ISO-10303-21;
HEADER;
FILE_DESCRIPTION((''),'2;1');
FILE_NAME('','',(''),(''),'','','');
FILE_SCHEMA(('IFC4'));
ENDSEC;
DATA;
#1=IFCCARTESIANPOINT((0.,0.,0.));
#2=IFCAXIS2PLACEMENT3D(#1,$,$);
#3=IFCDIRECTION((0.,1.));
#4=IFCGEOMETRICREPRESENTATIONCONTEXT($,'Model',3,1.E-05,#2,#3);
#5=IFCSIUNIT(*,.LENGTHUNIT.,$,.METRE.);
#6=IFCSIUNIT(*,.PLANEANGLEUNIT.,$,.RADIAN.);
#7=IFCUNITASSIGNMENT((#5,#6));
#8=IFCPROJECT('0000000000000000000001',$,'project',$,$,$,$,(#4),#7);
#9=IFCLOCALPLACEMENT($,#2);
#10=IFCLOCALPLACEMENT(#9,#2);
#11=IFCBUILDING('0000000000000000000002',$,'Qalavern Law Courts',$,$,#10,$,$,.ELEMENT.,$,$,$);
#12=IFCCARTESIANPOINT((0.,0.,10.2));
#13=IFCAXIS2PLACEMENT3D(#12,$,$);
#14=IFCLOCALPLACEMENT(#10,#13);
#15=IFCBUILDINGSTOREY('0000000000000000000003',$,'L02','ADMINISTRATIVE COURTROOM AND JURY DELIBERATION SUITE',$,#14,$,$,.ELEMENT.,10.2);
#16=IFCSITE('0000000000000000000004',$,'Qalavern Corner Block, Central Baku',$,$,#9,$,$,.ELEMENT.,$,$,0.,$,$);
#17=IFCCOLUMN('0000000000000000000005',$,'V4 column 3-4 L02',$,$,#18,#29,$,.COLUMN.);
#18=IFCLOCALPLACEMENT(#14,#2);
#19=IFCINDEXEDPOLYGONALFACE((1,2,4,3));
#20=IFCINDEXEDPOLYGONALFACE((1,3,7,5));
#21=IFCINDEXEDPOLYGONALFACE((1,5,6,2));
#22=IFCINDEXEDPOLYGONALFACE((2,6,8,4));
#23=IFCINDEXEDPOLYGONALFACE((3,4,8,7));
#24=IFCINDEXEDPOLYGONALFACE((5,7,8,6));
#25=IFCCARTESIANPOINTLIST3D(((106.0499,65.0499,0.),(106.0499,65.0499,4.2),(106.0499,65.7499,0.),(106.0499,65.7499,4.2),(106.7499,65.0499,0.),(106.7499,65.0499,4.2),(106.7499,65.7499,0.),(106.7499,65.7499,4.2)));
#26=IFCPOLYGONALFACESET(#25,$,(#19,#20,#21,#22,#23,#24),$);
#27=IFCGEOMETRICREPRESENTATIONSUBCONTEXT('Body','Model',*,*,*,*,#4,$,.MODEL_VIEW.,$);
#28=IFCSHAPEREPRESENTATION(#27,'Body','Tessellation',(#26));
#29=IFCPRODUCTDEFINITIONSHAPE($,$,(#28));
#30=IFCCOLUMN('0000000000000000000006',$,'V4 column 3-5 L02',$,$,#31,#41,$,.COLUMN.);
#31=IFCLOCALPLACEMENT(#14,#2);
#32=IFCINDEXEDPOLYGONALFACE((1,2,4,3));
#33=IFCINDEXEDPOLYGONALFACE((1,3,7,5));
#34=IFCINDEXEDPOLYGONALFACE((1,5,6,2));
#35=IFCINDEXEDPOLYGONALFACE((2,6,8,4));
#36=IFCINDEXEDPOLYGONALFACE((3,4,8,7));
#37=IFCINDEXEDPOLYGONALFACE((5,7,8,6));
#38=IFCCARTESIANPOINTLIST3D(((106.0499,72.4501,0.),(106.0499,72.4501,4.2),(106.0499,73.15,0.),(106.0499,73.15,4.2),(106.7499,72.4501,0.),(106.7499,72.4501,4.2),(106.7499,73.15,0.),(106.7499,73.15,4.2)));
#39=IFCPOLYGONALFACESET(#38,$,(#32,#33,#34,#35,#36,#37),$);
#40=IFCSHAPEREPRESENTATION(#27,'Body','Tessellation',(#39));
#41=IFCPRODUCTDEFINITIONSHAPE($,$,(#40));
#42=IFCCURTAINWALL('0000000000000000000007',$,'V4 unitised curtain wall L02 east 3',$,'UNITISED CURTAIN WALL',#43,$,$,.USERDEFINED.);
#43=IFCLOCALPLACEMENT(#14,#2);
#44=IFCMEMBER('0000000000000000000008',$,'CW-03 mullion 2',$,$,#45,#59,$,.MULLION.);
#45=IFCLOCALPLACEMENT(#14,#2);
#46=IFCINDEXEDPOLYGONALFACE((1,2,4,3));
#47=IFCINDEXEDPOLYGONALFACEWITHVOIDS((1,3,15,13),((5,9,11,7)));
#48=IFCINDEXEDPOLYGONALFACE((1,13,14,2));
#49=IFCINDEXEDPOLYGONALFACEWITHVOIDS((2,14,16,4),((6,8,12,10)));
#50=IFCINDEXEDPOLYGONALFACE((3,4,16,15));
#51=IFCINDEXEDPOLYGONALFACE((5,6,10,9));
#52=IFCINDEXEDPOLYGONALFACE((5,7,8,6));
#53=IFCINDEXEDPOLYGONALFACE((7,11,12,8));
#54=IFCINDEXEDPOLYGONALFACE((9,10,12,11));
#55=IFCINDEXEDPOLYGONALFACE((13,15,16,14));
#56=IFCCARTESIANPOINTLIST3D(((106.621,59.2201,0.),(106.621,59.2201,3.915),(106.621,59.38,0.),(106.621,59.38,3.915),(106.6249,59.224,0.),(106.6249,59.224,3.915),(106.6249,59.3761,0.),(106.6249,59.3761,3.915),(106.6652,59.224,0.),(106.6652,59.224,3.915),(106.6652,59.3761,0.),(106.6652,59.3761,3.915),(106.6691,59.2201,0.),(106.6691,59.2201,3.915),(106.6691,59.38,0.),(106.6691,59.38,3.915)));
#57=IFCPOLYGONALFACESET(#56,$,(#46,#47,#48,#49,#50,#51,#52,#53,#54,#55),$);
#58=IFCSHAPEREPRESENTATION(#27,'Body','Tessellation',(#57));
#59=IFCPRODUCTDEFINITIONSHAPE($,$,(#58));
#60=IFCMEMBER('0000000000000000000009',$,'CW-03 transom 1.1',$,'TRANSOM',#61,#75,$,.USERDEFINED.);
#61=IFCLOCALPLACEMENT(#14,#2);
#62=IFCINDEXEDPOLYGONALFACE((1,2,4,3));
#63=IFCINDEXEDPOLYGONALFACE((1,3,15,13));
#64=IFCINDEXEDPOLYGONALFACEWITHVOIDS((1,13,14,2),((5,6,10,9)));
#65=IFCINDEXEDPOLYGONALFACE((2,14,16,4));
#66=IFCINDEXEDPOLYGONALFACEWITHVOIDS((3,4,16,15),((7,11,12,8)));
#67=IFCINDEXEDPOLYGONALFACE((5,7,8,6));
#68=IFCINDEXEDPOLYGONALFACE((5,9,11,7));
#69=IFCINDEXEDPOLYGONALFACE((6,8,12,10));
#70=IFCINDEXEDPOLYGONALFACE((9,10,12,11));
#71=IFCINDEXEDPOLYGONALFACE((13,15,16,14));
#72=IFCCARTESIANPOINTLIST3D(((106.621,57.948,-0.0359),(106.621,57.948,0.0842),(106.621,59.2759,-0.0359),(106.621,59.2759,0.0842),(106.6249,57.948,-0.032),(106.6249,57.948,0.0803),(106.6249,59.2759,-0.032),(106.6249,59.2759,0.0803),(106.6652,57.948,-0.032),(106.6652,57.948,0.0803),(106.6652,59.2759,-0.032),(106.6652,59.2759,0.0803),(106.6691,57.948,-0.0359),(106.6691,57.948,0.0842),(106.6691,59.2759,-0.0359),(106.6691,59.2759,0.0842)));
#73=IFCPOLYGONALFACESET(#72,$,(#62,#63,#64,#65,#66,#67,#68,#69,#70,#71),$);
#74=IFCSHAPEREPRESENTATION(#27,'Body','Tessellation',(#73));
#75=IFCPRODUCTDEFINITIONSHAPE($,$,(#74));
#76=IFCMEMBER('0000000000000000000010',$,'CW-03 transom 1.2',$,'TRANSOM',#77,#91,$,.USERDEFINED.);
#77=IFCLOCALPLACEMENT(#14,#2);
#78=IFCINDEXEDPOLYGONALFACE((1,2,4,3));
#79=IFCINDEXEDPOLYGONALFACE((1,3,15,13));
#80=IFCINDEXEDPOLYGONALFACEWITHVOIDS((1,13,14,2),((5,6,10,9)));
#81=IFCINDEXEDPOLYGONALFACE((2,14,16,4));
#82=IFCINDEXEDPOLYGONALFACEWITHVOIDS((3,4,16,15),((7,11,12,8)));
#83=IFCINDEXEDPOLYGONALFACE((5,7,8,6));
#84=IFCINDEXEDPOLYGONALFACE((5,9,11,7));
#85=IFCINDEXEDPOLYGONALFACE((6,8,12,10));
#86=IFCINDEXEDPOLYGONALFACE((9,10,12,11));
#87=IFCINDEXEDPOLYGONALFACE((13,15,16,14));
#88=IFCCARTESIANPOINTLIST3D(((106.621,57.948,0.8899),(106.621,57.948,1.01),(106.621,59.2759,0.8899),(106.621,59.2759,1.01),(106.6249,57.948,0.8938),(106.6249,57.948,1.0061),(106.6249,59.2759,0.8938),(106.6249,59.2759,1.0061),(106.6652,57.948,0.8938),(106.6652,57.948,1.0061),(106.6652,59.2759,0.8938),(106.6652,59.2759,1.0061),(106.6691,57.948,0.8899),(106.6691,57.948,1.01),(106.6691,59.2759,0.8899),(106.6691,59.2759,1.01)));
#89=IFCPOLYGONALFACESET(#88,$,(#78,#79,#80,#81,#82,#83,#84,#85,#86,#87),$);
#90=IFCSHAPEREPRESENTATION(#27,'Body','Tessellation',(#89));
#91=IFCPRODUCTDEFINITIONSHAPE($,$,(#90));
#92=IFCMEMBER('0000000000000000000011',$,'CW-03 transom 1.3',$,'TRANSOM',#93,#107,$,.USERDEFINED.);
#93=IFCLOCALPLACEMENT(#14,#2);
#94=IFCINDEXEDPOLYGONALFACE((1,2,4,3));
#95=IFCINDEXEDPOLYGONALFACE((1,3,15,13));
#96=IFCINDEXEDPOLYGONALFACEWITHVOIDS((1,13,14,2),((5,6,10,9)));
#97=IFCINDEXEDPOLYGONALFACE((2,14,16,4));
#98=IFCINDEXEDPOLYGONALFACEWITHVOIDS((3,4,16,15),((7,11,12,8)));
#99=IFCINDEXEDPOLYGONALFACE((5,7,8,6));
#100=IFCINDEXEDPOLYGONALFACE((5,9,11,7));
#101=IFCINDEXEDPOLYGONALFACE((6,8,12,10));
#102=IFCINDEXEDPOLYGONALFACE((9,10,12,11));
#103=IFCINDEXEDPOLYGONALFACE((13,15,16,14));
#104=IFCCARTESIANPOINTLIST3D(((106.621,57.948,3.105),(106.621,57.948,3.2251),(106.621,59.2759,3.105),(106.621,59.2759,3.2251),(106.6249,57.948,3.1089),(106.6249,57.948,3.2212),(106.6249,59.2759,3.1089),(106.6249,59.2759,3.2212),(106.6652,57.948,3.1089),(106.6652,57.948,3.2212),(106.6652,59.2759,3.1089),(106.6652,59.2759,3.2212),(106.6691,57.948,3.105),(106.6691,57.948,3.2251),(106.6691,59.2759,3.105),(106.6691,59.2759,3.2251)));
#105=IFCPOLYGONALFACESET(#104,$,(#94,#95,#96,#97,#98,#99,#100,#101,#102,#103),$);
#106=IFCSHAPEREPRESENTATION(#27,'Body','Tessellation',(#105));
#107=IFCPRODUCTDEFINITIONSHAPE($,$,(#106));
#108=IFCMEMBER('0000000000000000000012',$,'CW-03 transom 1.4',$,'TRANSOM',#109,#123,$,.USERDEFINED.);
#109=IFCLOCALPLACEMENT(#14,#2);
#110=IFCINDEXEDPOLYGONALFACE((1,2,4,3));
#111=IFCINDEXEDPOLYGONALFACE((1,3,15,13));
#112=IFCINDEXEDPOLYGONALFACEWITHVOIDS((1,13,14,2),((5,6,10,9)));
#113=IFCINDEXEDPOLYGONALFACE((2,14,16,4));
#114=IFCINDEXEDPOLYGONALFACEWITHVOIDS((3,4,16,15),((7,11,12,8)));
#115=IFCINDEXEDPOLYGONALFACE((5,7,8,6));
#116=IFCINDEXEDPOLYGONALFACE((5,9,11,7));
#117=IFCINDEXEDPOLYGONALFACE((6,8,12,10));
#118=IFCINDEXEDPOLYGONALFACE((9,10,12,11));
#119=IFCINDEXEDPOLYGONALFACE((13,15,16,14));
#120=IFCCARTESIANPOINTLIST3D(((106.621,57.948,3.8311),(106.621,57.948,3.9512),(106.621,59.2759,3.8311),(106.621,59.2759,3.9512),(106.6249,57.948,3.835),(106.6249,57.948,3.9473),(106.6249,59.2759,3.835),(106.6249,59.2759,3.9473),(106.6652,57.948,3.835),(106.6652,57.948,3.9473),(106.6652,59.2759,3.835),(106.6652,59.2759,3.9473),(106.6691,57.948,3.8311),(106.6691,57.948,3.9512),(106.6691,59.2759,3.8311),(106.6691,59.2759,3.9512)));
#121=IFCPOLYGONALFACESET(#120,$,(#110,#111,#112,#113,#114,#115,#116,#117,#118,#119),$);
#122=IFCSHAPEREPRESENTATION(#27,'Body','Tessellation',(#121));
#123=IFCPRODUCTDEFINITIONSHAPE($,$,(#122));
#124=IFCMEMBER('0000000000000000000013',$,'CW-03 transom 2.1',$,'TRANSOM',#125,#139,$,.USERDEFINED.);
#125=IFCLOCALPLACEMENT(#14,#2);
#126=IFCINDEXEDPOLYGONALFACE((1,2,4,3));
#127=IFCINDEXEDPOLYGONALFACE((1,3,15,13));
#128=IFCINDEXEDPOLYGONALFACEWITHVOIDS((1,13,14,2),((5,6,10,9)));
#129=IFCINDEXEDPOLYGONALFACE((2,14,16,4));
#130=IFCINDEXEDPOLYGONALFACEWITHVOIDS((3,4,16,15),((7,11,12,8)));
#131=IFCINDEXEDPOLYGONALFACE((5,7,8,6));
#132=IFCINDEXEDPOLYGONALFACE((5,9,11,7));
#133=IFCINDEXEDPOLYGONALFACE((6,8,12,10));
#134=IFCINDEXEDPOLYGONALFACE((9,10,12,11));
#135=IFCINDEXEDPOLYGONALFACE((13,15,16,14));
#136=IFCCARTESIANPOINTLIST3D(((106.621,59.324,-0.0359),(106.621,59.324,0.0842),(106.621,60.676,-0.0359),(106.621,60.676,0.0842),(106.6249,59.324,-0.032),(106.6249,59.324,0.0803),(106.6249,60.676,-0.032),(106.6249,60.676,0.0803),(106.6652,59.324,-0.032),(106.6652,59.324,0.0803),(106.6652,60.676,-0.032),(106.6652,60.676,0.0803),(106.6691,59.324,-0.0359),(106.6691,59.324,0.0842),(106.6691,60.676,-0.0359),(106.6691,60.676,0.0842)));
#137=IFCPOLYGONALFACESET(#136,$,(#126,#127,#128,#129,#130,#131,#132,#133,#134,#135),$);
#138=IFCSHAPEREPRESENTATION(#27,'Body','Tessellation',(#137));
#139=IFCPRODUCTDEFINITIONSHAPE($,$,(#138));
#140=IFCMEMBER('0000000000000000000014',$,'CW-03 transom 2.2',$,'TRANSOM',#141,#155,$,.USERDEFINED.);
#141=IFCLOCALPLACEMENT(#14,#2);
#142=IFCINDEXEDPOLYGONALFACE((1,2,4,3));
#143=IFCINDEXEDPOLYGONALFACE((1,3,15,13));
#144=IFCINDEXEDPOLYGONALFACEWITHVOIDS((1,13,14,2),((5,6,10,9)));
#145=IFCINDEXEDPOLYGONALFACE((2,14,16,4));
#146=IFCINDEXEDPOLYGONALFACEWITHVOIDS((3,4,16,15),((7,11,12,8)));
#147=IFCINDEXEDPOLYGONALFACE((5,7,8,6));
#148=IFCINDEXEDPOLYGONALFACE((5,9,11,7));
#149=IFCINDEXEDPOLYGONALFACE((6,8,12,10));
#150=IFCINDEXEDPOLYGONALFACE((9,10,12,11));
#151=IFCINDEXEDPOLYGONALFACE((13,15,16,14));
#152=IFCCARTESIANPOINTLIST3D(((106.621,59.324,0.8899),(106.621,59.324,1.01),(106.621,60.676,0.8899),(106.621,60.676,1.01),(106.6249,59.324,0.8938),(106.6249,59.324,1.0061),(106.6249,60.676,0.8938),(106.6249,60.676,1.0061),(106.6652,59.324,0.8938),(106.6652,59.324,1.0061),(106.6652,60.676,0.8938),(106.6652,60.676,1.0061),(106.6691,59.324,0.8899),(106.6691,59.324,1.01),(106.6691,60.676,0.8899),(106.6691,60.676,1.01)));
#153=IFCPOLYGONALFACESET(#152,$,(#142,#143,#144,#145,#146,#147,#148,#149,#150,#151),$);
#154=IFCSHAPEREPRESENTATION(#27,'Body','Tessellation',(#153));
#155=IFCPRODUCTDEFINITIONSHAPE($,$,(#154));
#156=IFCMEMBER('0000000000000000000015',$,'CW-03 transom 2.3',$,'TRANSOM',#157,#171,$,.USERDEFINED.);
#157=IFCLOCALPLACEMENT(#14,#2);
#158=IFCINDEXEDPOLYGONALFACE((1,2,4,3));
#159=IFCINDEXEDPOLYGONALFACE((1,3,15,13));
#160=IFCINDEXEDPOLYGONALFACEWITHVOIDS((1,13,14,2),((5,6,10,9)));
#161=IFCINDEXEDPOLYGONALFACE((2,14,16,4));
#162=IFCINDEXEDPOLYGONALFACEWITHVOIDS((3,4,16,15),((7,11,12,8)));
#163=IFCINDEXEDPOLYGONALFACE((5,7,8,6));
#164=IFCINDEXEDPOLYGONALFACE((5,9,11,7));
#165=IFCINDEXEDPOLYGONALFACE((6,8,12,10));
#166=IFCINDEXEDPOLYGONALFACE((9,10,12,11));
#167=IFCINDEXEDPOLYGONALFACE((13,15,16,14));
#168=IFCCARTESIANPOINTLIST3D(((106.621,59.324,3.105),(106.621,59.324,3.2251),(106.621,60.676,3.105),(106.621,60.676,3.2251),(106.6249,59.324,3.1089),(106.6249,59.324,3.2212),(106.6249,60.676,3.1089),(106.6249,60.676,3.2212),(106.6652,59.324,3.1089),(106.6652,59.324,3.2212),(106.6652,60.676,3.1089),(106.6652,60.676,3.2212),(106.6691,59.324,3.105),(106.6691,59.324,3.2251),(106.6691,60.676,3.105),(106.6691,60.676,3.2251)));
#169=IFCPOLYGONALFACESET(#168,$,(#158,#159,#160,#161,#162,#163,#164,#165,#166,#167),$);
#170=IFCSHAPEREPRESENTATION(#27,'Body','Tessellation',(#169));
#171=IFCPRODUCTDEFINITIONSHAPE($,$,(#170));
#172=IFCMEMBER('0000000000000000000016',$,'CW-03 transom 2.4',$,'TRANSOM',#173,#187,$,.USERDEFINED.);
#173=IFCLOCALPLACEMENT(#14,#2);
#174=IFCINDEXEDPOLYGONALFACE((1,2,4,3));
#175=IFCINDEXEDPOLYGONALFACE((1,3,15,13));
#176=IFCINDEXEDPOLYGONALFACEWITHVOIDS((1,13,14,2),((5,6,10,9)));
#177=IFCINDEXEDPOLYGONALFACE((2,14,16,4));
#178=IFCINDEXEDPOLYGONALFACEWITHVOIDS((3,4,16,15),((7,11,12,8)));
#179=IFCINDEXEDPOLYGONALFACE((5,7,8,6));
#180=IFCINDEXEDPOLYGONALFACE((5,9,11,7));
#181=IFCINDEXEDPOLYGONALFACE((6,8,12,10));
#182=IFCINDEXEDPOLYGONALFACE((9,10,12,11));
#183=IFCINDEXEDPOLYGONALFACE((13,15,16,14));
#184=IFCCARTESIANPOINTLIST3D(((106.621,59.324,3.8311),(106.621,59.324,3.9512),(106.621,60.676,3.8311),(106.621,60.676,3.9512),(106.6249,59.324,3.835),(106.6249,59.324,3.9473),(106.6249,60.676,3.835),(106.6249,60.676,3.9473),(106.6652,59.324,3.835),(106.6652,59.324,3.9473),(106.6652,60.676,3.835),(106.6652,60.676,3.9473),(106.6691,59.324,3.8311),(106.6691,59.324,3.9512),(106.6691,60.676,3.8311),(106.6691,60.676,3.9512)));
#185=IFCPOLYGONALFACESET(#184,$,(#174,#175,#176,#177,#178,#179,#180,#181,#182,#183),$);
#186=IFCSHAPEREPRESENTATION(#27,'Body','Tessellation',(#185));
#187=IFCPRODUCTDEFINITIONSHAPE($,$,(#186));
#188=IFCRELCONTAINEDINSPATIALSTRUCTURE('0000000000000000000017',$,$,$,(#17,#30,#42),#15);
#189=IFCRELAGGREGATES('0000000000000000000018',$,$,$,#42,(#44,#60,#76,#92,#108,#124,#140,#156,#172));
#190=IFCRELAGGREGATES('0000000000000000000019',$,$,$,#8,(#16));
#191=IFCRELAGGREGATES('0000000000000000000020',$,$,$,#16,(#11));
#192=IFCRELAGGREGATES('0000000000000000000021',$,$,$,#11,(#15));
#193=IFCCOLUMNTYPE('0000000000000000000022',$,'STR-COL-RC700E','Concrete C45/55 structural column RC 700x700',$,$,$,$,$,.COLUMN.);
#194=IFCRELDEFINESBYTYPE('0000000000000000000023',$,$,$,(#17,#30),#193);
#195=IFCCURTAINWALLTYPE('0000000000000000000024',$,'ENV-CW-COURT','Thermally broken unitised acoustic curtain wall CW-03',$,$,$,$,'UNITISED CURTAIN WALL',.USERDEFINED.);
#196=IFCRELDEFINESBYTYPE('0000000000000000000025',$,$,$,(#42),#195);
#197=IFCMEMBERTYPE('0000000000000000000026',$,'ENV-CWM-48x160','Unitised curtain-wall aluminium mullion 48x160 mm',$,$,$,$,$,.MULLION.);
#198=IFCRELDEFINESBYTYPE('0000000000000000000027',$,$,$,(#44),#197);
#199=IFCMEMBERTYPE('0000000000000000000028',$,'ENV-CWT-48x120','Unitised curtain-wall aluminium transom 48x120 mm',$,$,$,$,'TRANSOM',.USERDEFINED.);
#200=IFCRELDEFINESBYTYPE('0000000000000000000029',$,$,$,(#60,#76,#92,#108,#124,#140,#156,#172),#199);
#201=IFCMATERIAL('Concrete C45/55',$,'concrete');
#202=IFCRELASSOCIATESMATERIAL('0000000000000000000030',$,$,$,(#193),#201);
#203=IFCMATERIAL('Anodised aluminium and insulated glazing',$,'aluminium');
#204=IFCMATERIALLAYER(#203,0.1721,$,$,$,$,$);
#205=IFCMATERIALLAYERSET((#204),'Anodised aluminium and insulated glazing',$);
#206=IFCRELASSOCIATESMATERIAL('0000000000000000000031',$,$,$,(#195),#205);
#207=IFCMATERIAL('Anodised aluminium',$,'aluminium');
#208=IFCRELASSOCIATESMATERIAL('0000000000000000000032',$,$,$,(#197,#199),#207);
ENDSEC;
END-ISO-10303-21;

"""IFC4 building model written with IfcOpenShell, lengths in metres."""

from ifc_helpers import new_model, si_unit, direction, frame, origin, origin_2d, place, context, subcontext, project, spatial, rectangle, hollow_rectangle, extrude, material, layer, layer_set, material_profile, profile_set, type_object, element, aggregate, save


model = new_model("IFC4")

# Units and contexts
model_context = context("Model", 3, precision=1e-05, world=origin(), true_north=direction((0.0, 1.0)))
body_context = subcontext(model_context, "Body", "Model", "MODEL_VIEW")
ifc_project = project(units=[si_unit("LENGTHUNIT", "METRE"), si_unit("PLANEANGLEUNIT", "RADIAN")], contexts=[model_context])

# Site, building, storey
site_placement = place(None, origin())
site = spatial("IfcSite", under=ifc_project, at=site_placement, Name="Qalavern Corner Block, Central Baku", CompositionType="ELEMENT", RefElevation=0.0)
building_placement = place(site_placement, origin())
building = spatial("IfcBuilding", under=site, at=building_placement, Name="Qalavern Law Courts", CompositionType="ELEMENT")
storey_placement = place(building_placement, frame((0.0, 0.0, 10.2)))
storey = spatial("IfcBuildingStorey", under=building, at=storey_placement, Name="L02", Description="ADMINISTRATIVE COURTROOM AND JURY DELIBERATION SUITE", CompositionType="ELEMENT", Elevation=10.2)

# Columns
ifc_material_1 = material(Name="Concrete C45/55", Category="concrete")
ifc_material_profile_1 = material_profile(ifc_material_1, rectangle(XDim=0.7, YDim=0.7, at=origin_2d()), Name="RC 700x700")
ifc_profile_set_1 = profile_set([ifc_material_profile_1], Name="Concrete C45/55")
column_type = type_object("IfcColumnType", Name="STR-COL-RC700E", Description="Concrete C45/55 structural column RC 700x700", PredefinedType="COLUMN", material=ifc_profile_set_1)
for number, where, z_axis, x_axis, name in (
    (1, (106.3999, 65.3999, 0.0), (0.0, 0.0, 1.0), (1.0, 0.0, 0.0), "V4 column 3-4 L02"),
    (2, (106.3999, 72.8, 0.0), (0.0, 0.0, 1.0), (1.0, 0.0, 0.0), "V4 column 3-5 L02"),
):
    element("IfcColumn", number, at=place(storey_placement, frame(where, z_axis=z_axis, x_axis=x_axis)), inside=storey, type_object=column_type, Name=name, PredefinedType="COLUMN", context=body_context, shape_type="SweptSolid", body=[
        extrude(rectangle(XDim=0.7, YDim=0.7, at=origin_2d()), origin(), (0.0, 0.0, 1.0), 4.2),
    ])

# Curtain wall, members
ifc_material_2 = material(Name="Anodised aluminium and insulated glazing", Category="aluminium")
ifc_layer_1 = layer(ifc_material_2, 0.1721)
ifc_layer_set_1 = layer_set([ifc_layer_1], Name="Anodised aluminium and insulated glazing")
curtain_wall_type = type_object("IfcCurtainWallType", Name="ENV-CW-COURT", Description="Thermally broken unitised acoustic curtain wall CW-03", ElementType="UNITISED CURTAIN WALL", PredefinedType="USERDEFINED", material=ifc_layer_set_1)
curtain_wall_placement = place(storey_placement, origin())
curtain_wall = element("IfcCurtainWall", 3, at=curtain_wall_placement, inside=storey, type_object=curtain_wall_type, Name="V4 unitised curtain wall L02 east 3", ObjectType="UNITISED CURTAIN WALL", PredefinedType="USERDEFINED")
ifc_material_3 = material(Name="Anodised aluminium", Category="aluminium")
ifc_material_profile_2 = material_profile(ifc_material_3, hollow_rectangle(XDim=0.0481, YDim=0.1599, WallThickness=0.0039, at=origin_2d()), Name="ALU MULLION 48x160")
ifc_profile_set_2 = profile_set([ifc_material_profile_2], Name="Anodised aluminium")
member_type_1 = type_object("IfcMemberType", Name="ENV-CWM-48x160", Description="Unitised curtain-wall aluminium mullion 48x160 mm", PredefinedType="MULLION", material=ifc_profile_set_2)
member_1_placement = place(storey_placement, frame((106.645, 59.3, 0.0), z_axis=(0.0, 0.0, 1.0), x_axis=(-1.0, 0.0, 0.0)))
member_1 = element("IfcMember", 4, at=member_1_placement, type_object=member_type_1, Name="CW-03 mullion 2", PredefinedType="MULLION", context=body_context, shape_type="SweptSolid", body=[
    extrude(hollow_rectangle(XDim=0.0481, YDim=0.1599, WallThickness=0.0039, at=origin_2d()), origin(), (0.0, 0.0, 1.0), 3.915),
])
ifc_material_profile_3 = material_profile(ifc_material_3, hollow_rectangle(XDim=0.0481, YDim=0.1201, WallThickness=0.0039, at=origin_2d()), Name="ALU TRANSOM 48x120")
ifc_profile_set_3 = profile_set([ifc_material_profile_3], Name="Anodised aluminium")
member_type_2 = type_object("IfcMemberType", Name="ENV-CWT-48x120", Description="Unitised curtain-wall aluminium transom 48x120 mm", ElementType="TRANSOM", PredefinedType="USERDEFINED", material=ifc_profile_set_3)
member_2_placement = place(storey_placement, frame((106.645, 57.948, 0.0242), z_axis=(0.0, 1.0, 0.0), x_axis=(-1.0, 0.0, 0.0)))
member_2 = element("IfcMember", 5, at=member_2_placement, type_object=member_type_2, Name="CW-03 transom 1.1", ObjectType="TRANSOM", PredefinedType="USERDEFINED", context=body_context, shape_type="SweptSolid", body=[
    extrude(hollow_rectangle(XDim=0.0481, YDim=0.1201, WallThickness=0.0039, at=origin_2d()), origin(), (0.0, 0.0, 1.0), 1.3279),
])
member_3_placement = place(storey_placement, frame((106.645, 57.948, 0.95), z_axis=(0.0, 1.0, 0.0), x_axis=(-1.0, 0.0, 0.0)))
member_3 = element("IfcMember", 6, at=member_3_placement, type_object=member_type_2, Name="CW-03 transom 1.2", ObjectType="TRANSOM", PredefinedType="USERDEFINED", context=body_context, shape_type="SweptSolid", body=[
    extrude(hollow_rectangle(XDim=0.0481, YDim=0.1201, WallThickness=0.0039, at=origin_2d()), origin(), (0.0, 0.0, 1.0), 1.3279),
])
member_4_placement = place(storey_placement, frame((106.645, 57.948, 3.165), z_axis=(0.0, 1.0, 0.0), x_axis=(-1.0, 0.0, 0.0)))
member_4 = element("IfcMember", 7, at=member_4_placement, type_object=member_type_2, Name="CW-03 transom 1.3", ObjectType="TRANSOM", PredefinedType="USERDEFINED", context=body_context, shape_type="SweptSolid", body=[
    extrude(hollow_rectangle(XDim=0.0481, YDim=0.1201, WallThickness=0.0039, at=origin_2d()), origin(), (0.0, 0.0, 1.0), 1.3279),
])
member_5_placement = place(storey_placement, frame((106.645, 57.948, 3.8911), z_axis=(0.0, 1.0, 0.0), x_axis=(-1.0, 0.0, 0.0)))
member_5 = element("IfcMember", 8, at=member_5_placement, type_object=member_type_2, Name="CW-03 transom 1.4", ObjectType="TRANSOM", PredefinedType="USERDEFINED", context=body_context, shape_type="SweptSolid", body=[
    extrude(hollow_rectangle(XDim=0.0481, YDim=0.1201, WallThickness=0.0039, at=origin_2d()), origin(), (0.0, 0.0, 1.0), 1.3279),
])
member_6_placement = place(storey_placement, frame((106.645, 59.324, 0.0242), z_axis=(0.0, 1.0, 0.0), x_axis=(-1.0, 0.0, 0.0)))
member_6 = element("IfcMember", 9, at=member_6_placement, type_object=member_type_2, Name="CW-03 transom 2.1", ObjectType="TRANSOM", PredefinedType="USERDEFINED", context=body_context, shape_type="SweptSolid", body=[
    extrude(hollow_rectangle(XDim=0.0481, YDim=0.1201, WallThickness=0.0039, at=origin_2d()), origin(), (0.0, 0.0, 1.0), 1.3521),
])
member_7_placement = place(storey_placement, frame((106.645, 59.324, 0.95), z_axis=(0.0, 1.0, 0.0), x_axis=(-1.0, 0.0, 0.0)))
member_7 = element("IfcMember", 10, at=member_7_placement, type_object=member_type_2, Name="CW-03 transom 2.2", ObjectType="TRANSOM", PredefinedType="USERDEFINED", context=body_context, shape_type="SweptSolid", body=[
    extrude(hollow_rectangle(XDim=0.0481, YDim=0.1201, WallThickness=0.0039, at=origin_2d()), origin(), (0.0, 0.0, 1.0), 1.3521),
])
member_8_placement = place(storey_placement, frame((106.645, 59.324, 3.165), z_axis=(0.0, 1.0, 0.0), x_axis=(-1.0, 0.0, 0.0)))
member_8 = element("IfcMember", 11, at=member_8_placement, type_object=member_type_2, Name="CW-03 transom 2.3", ObjectType="TRANSOM", PredefinedType="USERDEFINED", context=body_context, shape_type="SweptSolid", body=[
    extrude(hollow_rectangle(XDim=0.0481, YDim=0.1201, WallThickness=0.0039, at=origin_2d()), origin(), (0.0, 0.0, 1.0), 1.3521),
])
member_9_placement = place(storey_placement, frame((106.645, 59.324, 3.8911), z_axis=(0.0, 1.0, 0.0), x_axis=(-1.0, 0.0, 0.0)))
member_9 = element("IfcMember", 12, at=member_9_placement, type_object=member_type_2, Name="CW-03 transom 2.4", ObjectType="TRANSOM", PredefinedType="USERDEFINED", context=body_context, shape_type="SweptSolid", body=[
    extrude(hollow_rectangle(XDim=0.0481, YDim=0.1201, WallThickness=0.0039, at=origin_2d()), origin(), (0.0, 0.0, 1.0), 1.3521),
])

aggregate(curtain_wall, [member_1, member_2, member_3, member_4, member_5, member_6, member_7, member_8, member_9])

save(model, "model.ifc")
